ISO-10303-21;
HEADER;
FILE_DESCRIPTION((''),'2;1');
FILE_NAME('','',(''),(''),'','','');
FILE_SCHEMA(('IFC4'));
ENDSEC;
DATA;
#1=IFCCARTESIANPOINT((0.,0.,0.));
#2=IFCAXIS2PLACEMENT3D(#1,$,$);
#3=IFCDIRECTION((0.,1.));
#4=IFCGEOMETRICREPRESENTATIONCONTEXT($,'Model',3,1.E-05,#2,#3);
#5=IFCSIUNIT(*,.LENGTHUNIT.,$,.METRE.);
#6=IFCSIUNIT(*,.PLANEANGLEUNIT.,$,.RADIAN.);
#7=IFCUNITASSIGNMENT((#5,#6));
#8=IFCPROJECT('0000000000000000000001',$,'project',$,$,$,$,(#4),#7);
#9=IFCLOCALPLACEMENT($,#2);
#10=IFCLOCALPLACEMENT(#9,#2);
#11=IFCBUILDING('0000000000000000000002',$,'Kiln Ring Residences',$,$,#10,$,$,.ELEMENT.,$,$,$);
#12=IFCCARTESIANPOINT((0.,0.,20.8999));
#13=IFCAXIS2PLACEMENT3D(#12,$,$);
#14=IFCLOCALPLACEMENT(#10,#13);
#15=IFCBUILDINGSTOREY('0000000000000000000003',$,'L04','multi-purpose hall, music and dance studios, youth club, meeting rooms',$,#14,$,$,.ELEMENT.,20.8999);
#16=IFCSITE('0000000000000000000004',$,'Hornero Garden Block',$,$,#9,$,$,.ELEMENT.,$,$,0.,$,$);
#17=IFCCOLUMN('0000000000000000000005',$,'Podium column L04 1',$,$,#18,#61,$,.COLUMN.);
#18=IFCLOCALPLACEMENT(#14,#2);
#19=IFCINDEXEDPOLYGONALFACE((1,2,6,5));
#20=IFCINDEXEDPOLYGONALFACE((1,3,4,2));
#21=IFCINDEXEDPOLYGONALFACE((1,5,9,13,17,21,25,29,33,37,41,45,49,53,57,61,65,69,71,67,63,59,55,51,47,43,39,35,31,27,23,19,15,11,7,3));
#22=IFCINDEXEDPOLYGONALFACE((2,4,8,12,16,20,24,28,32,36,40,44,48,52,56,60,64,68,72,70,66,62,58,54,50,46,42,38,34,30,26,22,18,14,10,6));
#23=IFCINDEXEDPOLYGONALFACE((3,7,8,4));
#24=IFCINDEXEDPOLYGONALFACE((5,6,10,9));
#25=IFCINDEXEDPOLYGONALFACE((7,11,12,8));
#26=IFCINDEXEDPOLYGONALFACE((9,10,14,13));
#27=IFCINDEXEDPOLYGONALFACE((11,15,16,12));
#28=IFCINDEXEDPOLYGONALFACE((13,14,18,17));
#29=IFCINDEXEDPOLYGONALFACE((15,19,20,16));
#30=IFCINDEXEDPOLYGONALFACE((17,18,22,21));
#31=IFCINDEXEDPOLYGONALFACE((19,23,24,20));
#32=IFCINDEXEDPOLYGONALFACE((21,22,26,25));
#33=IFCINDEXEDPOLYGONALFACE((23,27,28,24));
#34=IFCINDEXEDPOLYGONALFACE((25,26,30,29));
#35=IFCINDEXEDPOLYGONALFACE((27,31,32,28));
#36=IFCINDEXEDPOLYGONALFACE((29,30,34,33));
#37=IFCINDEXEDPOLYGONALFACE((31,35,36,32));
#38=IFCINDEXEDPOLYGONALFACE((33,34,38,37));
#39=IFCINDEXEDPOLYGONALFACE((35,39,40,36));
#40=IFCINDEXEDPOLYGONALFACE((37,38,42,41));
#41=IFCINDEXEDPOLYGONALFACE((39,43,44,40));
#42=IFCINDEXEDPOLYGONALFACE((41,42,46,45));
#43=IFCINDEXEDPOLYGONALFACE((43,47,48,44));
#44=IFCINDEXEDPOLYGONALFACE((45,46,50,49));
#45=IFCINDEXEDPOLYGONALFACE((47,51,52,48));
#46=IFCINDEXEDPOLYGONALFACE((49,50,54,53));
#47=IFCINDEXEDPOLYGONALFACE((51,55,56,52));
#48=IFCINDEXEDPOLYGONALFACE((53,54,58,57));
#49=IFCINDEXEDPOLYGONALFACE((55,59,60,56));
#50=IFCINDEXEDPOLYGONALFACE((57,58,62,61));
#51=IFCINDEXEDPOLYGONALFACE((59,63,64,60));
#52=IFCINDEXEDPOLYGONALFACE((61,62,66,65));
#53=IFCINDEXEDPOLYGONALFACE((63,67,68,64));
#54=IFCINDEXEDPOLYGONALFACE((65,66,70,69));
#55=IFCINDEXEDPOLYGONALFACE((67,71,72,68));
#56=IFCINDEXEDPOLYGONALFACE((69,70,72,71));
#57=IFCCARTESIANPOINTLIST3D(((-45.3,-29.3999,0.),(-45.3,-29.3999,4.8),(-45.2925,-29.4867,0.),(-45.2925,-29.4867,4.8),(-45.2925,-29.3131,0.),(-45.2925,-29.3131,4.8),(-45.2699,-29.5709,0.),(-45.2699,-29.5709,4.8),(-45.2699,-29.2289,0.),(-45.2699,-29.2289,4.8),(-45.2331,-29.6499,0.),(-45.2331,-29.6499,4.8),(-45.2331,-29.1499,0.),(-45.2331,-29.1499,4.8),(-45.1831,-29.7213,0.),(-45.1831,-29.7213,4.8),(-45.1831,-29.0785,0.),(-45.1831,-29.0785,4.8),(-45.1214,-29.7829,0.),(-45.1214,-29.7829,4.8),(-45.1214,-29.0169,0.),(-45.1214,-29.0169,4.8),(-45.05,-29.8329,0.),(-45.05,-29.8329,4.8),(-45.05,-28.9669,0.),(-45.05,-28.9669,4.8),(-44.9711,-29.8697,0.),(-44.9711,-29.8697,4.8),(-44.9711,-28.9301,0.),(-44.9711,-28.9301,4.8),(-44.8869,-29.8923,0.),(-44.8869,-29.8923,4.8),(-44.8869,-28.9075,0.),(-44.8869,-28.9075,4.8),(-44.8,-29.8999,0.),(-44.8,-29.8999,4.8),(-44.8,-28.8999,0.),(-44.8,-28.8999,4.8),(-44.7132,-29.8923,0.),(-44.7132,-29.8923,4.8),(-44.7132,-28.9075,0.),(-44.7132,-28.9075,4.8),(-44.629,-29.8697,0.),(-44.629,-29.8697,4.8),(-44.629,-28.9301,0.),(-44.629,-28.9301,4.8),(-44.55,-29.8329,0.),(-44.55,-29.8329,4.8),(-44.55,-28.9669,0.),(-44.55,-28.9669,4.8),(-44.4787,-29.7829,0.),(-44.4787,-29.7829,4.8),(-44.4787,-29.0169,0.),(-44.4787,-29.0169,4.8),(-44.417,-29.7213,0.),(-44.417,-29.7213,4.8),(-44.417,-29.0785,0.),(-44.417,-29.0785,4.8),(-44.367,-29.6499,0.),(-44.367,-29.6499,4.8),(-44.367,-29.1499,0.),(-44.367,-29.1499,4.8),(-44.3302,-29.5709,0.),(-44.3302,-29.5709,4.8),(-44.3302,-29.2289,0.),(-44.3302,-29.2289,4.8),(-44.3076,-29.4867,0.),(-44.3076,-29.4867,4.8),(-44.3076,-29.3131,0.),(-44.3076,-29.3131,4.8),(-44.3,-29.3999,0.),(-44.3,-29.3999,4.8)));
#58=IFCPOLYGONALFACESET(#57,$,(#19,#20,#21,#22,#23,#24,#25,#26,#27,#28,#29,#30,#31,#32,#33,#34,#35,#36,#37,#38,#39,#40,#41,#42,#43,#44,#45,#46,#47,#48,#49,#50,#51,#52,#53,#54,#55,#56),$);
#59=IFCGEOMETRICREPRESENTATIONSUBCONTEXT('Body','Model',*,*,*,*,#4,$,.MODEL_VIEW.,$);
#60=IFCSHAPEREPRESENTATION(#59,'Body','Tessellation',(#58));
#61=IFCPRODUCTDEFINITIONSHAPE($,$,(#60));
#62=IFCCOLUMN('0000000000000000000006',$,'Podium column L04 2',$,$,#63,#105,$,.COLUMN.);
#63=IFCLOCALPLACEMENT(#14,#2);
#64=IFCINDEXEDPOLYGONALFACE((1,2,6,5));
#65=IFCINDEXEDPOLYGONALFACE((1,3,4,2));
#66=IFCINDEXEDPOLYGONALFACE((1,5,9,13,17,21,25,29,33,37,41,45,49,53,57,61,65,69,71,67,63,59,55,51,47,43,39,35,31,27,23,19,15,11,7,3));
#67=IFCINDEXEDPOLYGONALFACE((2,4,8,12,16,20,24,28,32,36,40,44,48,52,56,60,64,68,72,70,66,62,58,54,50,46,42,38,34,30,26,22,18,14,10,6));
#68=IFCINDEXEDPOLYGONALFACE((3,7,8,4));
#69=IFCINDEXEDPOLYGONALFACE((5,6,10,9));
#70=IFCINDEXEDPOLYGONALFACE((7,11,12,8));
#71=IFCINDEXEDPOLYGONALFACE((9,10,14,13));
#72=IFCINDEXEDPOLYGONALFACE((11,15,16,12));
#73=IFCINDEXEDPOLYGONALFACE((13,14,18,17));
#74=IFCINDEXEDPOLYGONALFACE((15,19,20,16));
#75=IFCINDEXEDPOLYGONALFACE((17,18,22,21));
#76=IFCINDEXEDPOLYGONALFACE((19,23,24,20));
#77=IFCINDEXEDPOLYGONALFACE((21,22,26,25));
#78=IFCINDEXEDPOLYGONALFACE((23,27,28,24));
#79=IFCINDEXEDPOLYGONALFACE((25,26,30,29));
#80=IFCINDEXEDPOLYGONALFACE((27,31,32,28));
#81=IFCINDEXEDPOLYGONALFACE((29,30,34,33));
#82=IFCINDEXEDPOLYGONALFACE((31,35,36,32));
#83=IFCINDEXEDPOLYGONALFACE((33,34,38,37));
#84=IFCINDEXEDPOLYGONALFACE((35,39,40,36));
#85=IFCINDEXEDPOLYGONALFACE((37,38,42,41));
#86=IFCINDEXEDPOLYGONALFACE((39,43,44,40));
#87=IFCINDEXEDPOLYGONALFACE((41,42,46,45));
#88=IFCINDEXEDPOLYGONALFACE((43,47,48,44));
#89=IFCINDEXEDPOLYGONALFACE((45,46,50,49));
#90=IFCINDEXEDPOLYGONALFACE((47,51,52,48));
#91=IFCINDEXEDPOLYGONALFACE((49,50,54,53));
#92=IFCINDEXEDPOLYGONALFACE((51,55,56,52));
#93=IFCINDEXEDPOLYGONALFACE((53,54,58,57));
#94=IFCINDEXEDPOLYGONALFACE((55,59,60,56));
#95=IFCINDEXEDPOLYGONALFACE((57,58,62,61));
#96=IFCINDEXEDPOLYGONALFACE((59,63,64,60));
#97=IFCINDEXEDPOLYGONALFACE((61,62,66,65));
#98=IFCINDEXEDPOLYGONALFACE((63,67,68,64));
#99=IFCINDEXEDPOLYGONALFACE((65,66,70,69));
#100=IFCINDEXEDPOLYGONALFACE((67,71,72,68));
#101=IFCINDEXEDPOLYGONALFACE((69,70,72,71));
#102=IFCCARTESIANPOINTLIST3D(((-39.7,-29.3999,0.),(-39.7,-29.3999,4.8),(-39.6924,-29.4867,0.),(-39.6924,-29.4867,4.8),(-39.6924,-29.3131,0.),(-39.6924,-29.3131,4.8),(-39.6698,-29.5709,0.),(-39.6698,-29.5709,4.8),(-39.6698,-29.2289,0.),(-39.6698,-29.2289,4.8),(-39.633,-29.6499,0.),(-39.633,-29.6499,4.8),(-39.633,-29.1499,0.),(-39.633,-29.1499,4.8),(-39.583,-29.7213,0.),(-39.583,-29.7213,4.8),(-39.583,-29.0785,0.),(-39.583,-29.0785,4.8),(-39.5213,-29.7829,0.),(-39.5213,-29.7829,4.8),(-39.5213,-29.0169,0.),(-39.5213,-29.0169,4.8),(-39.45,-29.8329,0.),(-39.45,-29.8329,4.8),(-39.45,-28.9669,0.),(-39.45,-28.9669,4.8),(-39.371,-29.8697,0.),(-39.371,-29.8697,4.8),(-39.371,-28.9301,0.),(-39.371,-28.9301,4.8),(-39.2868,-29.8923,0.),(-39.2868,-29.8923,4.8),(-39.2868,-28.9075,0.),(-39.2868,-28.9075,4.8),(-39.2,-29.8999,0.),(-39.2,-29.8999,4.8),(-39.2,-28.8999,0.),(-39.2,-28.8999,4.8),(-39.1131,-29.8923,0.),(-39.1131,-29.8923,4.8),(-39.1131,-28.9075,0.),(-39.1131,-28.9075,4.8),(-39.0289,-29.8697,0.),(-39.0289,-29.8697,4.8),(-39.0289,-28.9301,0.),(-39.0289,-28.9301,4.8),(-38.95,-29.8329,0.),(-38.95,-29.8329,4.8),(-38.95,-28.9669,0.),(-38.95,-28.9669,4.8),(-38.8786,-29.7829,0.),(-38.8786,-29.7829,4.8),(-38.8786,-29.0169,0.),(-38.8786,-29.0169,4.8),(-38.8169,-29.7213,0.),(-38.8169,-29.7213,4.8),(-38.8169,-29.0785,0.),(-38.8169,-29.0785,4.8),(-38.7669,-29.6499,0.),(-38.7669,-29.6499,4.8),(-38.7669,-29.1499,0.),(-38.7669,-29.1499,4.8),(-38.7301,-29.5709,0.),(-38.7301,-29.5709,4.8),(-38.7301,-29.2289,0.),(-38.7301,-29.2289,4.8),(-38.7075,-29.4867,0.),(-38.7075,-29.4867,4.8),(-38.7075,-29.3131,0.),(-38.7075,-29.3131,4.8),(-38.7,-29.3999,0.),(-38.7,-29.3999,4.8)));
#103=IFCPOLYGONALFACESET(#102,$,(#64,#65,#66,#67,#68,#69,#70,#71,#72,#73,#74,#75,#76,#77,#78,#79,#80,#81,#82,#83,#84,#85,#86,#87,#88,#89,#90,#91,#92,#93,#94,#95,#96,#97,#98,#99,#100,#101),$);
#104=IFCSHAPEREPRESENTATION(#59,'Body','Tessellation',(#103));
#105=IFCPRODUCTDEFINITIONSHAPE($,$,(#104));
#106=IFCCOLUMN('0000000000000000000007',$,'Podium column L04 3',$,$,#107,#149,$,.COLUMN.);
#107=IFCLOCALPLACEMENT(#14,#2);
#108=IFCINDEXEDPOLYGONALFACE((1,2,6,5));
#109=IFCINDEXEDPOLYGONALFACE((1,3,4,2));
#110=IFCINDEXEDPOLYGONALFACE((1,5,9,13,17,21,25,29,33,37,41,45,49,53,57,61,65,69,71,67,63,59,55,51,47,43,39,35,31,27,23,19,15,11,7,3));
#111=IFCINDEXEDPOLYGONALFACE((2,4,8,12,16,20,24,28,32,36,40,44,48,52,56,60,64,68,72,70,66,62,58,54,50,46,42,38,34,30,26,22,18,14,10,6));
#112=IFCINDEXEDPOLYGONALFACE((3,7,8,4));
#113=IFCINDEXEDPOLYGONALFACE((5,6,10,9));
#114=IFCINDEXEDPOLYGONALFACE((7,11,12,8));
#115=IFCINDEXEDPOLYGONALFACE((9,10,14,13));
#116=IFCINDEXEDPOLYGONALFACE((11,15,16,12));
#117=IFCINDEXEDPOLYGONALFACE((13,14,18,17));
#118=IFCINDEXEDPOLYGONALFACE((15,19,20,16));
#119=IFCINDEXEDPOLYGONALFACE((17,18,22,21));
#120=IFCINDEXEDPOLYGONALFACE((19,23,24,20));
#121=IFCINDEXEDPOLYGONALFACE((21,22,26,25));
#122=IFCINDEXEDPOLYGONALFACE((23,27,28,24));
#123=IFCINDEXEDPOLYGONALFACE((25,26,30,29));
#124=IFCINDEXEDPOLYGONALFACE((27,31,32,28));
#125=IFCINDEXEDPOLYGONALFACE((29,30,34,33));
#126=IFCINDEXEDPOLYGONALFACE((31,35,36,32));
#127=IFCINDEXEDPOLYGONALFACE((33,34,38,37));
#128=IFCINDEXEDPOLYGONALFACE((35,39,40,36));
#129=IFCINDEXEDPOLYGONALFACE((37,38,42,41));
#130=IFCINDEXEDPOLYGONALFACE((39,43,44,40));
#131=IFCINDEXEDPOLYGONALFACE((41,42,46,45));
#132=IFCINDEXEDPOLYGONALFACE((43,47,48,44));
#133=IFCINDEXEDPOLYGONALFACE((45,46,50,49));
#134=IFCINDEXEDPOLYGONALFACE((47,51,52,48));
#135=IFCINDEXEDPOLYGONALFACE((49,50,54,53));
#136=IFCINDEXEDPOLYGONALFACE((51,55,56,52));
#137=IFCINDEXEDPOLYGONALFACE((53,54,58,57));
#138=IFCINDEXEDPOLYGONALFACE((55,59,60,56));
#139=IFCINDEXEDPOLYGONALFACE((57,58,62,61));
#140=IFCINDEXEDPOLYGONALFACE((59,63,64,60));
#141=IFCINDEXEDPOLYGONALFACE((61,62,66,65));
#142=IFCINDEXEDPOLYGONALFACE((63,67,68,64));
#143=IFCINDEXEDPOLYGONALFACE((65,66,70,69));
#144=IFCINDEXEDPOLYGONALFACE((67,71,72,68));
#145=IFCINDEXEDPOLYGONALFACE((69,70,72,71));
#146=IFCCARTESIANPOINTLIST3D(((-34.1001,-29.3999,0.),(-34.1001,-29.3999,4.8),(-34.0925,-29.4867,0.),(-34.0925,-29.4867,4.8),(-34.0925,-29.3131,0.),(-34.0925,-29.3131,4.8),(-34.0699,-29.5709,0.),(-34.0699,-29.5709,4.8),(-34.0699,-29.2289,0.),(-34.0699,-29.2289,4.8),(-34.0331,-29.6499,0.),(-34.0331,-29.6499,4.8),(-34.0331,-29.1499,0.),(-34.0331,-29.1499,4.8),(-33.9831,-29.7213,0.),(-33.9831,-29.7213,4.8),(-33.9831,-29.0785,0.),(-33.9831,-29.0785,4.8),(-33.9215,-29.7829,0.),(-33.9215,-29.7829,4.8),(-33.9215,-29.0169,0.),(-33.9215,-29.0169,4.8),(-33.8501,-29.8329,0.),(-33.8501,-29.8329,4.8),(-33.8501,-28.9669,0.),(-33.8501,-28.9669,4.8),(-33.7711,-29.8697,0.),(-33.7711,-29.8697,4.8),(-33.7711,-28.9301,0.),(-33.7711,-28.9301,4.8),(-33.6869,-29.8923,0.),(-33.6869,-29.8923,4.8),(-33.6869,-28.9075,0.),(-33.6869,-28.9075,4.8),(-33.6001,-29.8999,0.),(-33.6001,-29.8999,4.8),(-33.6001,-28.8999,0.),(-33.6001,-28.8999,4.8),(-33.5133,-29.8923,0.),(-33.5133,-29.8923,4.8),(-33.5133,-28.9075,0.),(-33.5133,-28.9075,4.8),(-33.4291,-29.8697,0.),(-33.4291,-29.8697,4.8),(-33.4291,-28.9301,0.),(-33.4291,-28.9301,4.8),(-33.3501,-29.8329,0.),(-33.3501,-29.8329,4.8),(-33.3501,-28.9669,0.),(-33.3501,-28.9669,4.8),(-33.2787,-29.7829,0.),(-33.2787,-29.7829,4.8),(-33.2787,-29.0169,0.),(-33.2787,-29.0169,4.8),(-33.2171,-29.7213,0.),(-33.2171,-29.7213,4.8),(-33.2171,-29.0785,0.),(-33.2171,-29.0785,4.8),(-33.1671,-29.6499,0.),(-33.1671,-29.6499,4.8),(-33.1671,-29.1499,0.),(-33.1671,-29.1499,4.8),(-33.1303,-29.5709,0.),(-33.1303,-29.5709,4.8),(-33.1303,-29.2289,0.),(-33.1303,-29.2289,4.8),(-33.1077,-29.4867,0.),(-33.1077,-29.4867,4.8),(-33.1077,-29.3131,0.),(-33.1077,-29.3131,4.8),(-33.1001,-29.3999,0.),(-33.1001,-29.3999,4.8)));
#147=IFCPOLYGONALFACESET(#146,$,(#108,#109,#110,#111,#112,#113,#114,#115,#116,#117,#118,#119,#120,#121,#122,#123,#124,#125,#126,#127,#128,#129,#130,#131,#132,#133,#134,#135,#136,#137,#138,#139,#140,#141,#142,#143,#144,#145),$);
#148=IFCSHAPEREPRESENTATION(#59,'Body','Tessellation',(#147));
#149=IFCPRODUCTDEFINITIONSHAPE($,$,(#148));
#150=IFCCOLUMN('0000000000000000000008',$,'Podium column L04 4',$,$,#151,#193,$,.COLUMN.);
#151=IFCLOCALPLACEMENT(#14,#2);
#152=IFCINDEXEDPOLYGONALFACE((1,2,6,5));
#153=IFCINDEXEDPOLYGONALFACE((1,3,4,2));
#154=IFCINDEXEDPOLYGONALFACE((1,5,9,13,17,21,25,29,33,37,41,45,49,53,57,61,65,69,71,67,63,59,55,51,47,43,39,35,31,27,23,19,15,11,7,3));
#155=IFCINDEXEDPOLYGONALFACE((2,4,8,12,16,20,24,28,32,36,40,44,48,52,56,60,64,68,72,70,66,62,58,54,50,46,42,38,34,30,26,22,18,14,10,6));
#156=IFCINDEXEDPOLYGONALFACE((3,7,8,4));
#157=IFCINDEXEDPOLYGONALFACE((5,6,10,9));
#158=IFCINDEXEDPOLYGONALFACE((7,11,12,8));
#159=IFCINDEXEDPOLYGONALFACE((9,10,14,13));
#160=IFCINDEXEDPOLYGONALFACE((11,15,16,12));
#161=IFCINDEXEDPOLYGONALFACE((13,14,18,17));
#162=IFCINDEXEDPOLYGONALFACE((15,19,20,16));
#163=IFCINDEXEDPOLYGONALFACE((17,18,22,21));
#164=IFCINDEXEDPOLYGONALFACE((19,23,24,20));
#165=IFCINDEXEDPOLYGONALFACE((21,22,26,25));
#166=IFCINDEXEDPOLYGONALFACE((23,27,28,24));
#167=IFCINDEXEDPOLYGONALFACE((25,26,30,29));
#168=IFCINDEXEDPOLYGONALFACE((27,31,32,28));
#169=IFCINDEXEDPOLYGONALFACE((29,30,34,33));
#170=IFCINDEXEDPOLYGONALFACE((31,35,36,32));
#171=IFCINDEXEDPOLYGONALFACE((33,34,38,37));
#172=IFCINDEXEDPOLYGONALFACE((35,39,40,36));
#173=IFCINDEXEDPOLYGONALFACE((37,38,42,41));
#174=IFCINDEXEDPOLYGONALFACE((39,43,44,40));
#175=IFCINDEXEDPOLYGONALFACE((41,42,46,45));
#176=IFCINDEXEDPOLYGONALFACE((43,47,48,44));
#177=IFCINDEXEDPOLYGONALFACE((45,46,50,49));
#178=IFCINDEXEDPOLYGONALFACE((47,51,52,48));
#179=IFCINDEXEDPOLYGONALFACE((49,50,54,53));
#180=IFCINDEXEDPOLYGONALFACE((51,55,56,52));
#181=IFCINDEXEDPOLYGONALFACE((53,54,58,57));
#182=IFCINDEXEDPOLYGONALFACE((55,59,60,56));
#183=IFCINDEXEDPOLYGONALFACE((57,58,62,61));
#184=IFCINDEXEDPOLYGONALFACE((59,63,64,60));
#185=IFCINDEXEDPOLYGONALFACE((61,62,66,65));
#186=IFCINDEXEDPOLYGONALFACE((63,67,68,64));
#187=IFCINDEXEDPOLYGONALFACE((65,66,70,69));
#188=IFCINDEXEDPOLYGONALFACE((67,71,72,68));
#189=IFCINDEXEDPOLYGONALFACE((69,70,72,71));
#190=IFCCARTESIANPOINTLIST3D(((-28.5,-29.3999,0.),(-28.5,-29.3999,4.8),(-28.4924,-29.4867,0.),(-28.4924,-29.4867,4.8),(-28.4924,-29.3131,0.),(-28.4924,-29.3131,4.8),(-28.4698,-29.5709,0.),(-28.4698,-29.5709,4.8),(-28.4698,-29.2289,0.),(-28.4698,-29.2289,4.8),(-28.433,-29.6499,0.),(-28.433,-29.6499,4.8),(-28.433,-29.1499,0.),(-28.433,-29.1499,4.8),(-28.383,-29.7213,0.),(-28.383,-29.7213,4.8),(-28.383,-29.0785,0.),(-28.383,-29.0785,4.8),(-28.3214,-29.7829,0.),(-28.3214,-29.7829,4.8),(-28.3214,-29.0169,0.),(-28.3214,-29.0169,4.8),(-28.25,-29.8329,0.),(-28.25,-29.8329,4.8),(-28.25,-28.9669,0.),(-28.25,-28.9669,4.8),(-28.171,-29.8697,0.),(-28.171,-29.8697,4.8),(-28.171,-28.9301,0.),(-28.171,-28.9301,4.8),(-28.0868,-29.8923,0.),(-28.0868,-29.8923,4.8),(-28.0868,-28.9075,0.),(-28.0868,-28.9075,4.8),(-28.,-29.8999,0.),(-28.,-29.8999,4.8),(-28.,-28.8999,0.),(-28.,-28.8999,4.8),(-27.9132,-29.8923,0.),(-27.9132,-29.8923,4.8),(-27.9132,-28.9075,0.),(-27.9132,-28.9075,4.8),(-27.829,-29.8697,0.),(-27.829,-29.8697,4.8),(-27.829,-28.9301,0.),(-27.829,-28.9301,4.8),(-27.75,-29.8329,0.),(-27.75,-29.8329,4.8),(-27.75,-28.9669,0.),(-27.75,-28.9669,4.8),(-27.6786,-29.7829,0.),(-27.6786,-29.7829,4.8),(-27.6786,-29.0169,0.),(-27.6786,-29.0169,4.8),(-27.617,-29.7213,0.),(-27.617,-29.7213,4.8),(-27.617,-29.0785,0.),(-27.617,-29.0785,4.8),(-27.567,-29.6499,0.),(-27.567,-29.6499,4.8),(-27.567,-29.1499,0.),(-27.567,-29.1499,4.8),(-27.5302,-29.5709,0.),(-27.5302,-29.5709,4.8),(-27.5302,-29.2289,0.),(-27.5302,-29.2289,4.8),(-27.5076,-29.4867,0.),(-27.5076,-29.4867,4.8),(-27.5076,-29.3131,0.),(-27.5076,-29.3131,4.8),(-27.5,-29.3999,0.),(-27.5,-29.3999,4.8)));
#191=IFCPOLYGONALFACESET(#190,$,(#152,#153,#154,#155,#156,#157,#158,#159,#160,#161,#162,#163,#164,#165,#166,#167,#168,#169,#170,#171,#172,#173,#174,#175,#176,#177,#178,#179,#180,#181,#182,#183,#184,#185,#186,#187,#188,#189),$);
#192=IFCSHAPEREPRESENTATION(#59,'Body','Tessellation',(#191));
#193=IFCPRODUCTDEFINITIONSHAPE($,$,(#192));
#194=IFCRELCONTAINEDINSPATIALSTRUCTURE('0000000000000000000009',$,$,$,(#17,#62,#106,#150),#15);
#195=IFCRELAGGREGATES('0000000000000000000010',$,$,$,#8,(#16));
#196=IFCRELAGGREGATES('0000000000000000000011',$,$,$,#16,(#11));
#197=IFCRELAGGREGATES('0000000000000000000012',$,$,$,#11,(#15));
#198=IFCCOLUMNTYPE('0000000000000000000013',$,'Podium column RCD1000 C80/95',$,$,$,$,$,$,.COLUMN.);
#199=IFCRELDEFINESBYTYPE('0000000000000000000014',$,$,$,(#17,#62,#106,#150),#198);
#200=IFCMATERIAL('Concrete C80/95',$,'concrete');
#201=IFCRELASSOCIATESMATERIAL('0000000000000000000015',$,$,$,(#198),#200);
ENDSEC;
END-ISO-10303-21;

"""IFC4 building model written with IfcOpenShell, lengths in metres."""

from ifc_helpers import new_model, si_unit, direction, frame, origin, origin_2d, place, context, subcontext, project, spatial, circle, extrude, material, material_profile, profile_set, type_object, element, save


model = new_model("IFC4")

# Units and contexts
model_context = context("Model", 3, precision=1e-05, world=origin(), true_north=direction((0.0, 1.0)))
body_context = subcontext(model_context, "Body", "Model", "MODEL_VIEW")
ifc_project = project(units=[si_unit("LENGTHUNIT", "METRE"), si_unit("PLANEANGLEUNIT", "RADIAN")], contexts=[model_context])

# Site, building, storey
site_placement = place(None, origin())
site = spatial("IfcSite", under=ifc_project, at=site_placement, Name="Hornero Garden Block", CompositionType="ELEMENT", RefElevation=0.0)
building_placement = place(site_placement, origin())
building = spatial("IfcBuilding", under=site, at=building_placement, Name="Kiln Ring Residences", CompositionType="ELEMENT")
storey_placement = place(building_placement, frame((0.0, 0.0, 20.8999)))
storey = spatial("IfcBuildingStorey", under=building, at=storey_placement, Name="L04", Description="multi-purpose hall, music and dance studios, youth club, meeting rooms", CompositionType="ELEMENT", Elevation=20.8999)

# Columns
ifc_material_1 = material(Name="Concrete C80/95", Category="concrete")
ifc_material_profile_1 = material_profile(ifc_material_1, circle(Radius=0.5, at=origin_2d()), Name="RCD1000")
ifc_profile_set_1 = profile_set([ifc_material_profile_1], Name="Concrete C80/95")
column_type = type_object("IfcColumnType", Name="Podium column RCD1000 C80/95", PredefinedType="COLUMN", material=ifc_profile_set_1)
for number, where, z_axis, x_axis, name in (
    (1, (-44.8, -29.3999, 0.0), (0.0, 0.0, 1.0), (1.0, 0.0, 0.0), "Podium column L04 1"),
    (2, (-39.2, -29.3999, 0.0), (0.0, 0.0, 1.0), (1.0, 0.0, 0.0), "Podium column L04 2"),
    (3, (-33.6001, -29.3999, 0.0), (0.0, 0.0, 1.0), (1.0, 0.0, 0.0), "Podium column L04 3"),
    (4, (-28.0, -29.3999, 0.0), (0.0, 0.0, 1.0), (1.0, 0.0, 0.0), "Podium column L04 4"),
):
    element("IfcColumn", number, at=place(storey_placement, frame(where, z_axis=z_axis, x_axis=x_axis)), inside=storey, type_object=column_type, Name=name, PredefinedType="COLUMN", context=body_context, shape_type="SweptSolid", body=[
        extrude(circle(Radius=0.5, at=origin_2d()), origin(), (0.0, 0.0, 1.0), 4.8),
    ])

save(model, "model.ifc")
